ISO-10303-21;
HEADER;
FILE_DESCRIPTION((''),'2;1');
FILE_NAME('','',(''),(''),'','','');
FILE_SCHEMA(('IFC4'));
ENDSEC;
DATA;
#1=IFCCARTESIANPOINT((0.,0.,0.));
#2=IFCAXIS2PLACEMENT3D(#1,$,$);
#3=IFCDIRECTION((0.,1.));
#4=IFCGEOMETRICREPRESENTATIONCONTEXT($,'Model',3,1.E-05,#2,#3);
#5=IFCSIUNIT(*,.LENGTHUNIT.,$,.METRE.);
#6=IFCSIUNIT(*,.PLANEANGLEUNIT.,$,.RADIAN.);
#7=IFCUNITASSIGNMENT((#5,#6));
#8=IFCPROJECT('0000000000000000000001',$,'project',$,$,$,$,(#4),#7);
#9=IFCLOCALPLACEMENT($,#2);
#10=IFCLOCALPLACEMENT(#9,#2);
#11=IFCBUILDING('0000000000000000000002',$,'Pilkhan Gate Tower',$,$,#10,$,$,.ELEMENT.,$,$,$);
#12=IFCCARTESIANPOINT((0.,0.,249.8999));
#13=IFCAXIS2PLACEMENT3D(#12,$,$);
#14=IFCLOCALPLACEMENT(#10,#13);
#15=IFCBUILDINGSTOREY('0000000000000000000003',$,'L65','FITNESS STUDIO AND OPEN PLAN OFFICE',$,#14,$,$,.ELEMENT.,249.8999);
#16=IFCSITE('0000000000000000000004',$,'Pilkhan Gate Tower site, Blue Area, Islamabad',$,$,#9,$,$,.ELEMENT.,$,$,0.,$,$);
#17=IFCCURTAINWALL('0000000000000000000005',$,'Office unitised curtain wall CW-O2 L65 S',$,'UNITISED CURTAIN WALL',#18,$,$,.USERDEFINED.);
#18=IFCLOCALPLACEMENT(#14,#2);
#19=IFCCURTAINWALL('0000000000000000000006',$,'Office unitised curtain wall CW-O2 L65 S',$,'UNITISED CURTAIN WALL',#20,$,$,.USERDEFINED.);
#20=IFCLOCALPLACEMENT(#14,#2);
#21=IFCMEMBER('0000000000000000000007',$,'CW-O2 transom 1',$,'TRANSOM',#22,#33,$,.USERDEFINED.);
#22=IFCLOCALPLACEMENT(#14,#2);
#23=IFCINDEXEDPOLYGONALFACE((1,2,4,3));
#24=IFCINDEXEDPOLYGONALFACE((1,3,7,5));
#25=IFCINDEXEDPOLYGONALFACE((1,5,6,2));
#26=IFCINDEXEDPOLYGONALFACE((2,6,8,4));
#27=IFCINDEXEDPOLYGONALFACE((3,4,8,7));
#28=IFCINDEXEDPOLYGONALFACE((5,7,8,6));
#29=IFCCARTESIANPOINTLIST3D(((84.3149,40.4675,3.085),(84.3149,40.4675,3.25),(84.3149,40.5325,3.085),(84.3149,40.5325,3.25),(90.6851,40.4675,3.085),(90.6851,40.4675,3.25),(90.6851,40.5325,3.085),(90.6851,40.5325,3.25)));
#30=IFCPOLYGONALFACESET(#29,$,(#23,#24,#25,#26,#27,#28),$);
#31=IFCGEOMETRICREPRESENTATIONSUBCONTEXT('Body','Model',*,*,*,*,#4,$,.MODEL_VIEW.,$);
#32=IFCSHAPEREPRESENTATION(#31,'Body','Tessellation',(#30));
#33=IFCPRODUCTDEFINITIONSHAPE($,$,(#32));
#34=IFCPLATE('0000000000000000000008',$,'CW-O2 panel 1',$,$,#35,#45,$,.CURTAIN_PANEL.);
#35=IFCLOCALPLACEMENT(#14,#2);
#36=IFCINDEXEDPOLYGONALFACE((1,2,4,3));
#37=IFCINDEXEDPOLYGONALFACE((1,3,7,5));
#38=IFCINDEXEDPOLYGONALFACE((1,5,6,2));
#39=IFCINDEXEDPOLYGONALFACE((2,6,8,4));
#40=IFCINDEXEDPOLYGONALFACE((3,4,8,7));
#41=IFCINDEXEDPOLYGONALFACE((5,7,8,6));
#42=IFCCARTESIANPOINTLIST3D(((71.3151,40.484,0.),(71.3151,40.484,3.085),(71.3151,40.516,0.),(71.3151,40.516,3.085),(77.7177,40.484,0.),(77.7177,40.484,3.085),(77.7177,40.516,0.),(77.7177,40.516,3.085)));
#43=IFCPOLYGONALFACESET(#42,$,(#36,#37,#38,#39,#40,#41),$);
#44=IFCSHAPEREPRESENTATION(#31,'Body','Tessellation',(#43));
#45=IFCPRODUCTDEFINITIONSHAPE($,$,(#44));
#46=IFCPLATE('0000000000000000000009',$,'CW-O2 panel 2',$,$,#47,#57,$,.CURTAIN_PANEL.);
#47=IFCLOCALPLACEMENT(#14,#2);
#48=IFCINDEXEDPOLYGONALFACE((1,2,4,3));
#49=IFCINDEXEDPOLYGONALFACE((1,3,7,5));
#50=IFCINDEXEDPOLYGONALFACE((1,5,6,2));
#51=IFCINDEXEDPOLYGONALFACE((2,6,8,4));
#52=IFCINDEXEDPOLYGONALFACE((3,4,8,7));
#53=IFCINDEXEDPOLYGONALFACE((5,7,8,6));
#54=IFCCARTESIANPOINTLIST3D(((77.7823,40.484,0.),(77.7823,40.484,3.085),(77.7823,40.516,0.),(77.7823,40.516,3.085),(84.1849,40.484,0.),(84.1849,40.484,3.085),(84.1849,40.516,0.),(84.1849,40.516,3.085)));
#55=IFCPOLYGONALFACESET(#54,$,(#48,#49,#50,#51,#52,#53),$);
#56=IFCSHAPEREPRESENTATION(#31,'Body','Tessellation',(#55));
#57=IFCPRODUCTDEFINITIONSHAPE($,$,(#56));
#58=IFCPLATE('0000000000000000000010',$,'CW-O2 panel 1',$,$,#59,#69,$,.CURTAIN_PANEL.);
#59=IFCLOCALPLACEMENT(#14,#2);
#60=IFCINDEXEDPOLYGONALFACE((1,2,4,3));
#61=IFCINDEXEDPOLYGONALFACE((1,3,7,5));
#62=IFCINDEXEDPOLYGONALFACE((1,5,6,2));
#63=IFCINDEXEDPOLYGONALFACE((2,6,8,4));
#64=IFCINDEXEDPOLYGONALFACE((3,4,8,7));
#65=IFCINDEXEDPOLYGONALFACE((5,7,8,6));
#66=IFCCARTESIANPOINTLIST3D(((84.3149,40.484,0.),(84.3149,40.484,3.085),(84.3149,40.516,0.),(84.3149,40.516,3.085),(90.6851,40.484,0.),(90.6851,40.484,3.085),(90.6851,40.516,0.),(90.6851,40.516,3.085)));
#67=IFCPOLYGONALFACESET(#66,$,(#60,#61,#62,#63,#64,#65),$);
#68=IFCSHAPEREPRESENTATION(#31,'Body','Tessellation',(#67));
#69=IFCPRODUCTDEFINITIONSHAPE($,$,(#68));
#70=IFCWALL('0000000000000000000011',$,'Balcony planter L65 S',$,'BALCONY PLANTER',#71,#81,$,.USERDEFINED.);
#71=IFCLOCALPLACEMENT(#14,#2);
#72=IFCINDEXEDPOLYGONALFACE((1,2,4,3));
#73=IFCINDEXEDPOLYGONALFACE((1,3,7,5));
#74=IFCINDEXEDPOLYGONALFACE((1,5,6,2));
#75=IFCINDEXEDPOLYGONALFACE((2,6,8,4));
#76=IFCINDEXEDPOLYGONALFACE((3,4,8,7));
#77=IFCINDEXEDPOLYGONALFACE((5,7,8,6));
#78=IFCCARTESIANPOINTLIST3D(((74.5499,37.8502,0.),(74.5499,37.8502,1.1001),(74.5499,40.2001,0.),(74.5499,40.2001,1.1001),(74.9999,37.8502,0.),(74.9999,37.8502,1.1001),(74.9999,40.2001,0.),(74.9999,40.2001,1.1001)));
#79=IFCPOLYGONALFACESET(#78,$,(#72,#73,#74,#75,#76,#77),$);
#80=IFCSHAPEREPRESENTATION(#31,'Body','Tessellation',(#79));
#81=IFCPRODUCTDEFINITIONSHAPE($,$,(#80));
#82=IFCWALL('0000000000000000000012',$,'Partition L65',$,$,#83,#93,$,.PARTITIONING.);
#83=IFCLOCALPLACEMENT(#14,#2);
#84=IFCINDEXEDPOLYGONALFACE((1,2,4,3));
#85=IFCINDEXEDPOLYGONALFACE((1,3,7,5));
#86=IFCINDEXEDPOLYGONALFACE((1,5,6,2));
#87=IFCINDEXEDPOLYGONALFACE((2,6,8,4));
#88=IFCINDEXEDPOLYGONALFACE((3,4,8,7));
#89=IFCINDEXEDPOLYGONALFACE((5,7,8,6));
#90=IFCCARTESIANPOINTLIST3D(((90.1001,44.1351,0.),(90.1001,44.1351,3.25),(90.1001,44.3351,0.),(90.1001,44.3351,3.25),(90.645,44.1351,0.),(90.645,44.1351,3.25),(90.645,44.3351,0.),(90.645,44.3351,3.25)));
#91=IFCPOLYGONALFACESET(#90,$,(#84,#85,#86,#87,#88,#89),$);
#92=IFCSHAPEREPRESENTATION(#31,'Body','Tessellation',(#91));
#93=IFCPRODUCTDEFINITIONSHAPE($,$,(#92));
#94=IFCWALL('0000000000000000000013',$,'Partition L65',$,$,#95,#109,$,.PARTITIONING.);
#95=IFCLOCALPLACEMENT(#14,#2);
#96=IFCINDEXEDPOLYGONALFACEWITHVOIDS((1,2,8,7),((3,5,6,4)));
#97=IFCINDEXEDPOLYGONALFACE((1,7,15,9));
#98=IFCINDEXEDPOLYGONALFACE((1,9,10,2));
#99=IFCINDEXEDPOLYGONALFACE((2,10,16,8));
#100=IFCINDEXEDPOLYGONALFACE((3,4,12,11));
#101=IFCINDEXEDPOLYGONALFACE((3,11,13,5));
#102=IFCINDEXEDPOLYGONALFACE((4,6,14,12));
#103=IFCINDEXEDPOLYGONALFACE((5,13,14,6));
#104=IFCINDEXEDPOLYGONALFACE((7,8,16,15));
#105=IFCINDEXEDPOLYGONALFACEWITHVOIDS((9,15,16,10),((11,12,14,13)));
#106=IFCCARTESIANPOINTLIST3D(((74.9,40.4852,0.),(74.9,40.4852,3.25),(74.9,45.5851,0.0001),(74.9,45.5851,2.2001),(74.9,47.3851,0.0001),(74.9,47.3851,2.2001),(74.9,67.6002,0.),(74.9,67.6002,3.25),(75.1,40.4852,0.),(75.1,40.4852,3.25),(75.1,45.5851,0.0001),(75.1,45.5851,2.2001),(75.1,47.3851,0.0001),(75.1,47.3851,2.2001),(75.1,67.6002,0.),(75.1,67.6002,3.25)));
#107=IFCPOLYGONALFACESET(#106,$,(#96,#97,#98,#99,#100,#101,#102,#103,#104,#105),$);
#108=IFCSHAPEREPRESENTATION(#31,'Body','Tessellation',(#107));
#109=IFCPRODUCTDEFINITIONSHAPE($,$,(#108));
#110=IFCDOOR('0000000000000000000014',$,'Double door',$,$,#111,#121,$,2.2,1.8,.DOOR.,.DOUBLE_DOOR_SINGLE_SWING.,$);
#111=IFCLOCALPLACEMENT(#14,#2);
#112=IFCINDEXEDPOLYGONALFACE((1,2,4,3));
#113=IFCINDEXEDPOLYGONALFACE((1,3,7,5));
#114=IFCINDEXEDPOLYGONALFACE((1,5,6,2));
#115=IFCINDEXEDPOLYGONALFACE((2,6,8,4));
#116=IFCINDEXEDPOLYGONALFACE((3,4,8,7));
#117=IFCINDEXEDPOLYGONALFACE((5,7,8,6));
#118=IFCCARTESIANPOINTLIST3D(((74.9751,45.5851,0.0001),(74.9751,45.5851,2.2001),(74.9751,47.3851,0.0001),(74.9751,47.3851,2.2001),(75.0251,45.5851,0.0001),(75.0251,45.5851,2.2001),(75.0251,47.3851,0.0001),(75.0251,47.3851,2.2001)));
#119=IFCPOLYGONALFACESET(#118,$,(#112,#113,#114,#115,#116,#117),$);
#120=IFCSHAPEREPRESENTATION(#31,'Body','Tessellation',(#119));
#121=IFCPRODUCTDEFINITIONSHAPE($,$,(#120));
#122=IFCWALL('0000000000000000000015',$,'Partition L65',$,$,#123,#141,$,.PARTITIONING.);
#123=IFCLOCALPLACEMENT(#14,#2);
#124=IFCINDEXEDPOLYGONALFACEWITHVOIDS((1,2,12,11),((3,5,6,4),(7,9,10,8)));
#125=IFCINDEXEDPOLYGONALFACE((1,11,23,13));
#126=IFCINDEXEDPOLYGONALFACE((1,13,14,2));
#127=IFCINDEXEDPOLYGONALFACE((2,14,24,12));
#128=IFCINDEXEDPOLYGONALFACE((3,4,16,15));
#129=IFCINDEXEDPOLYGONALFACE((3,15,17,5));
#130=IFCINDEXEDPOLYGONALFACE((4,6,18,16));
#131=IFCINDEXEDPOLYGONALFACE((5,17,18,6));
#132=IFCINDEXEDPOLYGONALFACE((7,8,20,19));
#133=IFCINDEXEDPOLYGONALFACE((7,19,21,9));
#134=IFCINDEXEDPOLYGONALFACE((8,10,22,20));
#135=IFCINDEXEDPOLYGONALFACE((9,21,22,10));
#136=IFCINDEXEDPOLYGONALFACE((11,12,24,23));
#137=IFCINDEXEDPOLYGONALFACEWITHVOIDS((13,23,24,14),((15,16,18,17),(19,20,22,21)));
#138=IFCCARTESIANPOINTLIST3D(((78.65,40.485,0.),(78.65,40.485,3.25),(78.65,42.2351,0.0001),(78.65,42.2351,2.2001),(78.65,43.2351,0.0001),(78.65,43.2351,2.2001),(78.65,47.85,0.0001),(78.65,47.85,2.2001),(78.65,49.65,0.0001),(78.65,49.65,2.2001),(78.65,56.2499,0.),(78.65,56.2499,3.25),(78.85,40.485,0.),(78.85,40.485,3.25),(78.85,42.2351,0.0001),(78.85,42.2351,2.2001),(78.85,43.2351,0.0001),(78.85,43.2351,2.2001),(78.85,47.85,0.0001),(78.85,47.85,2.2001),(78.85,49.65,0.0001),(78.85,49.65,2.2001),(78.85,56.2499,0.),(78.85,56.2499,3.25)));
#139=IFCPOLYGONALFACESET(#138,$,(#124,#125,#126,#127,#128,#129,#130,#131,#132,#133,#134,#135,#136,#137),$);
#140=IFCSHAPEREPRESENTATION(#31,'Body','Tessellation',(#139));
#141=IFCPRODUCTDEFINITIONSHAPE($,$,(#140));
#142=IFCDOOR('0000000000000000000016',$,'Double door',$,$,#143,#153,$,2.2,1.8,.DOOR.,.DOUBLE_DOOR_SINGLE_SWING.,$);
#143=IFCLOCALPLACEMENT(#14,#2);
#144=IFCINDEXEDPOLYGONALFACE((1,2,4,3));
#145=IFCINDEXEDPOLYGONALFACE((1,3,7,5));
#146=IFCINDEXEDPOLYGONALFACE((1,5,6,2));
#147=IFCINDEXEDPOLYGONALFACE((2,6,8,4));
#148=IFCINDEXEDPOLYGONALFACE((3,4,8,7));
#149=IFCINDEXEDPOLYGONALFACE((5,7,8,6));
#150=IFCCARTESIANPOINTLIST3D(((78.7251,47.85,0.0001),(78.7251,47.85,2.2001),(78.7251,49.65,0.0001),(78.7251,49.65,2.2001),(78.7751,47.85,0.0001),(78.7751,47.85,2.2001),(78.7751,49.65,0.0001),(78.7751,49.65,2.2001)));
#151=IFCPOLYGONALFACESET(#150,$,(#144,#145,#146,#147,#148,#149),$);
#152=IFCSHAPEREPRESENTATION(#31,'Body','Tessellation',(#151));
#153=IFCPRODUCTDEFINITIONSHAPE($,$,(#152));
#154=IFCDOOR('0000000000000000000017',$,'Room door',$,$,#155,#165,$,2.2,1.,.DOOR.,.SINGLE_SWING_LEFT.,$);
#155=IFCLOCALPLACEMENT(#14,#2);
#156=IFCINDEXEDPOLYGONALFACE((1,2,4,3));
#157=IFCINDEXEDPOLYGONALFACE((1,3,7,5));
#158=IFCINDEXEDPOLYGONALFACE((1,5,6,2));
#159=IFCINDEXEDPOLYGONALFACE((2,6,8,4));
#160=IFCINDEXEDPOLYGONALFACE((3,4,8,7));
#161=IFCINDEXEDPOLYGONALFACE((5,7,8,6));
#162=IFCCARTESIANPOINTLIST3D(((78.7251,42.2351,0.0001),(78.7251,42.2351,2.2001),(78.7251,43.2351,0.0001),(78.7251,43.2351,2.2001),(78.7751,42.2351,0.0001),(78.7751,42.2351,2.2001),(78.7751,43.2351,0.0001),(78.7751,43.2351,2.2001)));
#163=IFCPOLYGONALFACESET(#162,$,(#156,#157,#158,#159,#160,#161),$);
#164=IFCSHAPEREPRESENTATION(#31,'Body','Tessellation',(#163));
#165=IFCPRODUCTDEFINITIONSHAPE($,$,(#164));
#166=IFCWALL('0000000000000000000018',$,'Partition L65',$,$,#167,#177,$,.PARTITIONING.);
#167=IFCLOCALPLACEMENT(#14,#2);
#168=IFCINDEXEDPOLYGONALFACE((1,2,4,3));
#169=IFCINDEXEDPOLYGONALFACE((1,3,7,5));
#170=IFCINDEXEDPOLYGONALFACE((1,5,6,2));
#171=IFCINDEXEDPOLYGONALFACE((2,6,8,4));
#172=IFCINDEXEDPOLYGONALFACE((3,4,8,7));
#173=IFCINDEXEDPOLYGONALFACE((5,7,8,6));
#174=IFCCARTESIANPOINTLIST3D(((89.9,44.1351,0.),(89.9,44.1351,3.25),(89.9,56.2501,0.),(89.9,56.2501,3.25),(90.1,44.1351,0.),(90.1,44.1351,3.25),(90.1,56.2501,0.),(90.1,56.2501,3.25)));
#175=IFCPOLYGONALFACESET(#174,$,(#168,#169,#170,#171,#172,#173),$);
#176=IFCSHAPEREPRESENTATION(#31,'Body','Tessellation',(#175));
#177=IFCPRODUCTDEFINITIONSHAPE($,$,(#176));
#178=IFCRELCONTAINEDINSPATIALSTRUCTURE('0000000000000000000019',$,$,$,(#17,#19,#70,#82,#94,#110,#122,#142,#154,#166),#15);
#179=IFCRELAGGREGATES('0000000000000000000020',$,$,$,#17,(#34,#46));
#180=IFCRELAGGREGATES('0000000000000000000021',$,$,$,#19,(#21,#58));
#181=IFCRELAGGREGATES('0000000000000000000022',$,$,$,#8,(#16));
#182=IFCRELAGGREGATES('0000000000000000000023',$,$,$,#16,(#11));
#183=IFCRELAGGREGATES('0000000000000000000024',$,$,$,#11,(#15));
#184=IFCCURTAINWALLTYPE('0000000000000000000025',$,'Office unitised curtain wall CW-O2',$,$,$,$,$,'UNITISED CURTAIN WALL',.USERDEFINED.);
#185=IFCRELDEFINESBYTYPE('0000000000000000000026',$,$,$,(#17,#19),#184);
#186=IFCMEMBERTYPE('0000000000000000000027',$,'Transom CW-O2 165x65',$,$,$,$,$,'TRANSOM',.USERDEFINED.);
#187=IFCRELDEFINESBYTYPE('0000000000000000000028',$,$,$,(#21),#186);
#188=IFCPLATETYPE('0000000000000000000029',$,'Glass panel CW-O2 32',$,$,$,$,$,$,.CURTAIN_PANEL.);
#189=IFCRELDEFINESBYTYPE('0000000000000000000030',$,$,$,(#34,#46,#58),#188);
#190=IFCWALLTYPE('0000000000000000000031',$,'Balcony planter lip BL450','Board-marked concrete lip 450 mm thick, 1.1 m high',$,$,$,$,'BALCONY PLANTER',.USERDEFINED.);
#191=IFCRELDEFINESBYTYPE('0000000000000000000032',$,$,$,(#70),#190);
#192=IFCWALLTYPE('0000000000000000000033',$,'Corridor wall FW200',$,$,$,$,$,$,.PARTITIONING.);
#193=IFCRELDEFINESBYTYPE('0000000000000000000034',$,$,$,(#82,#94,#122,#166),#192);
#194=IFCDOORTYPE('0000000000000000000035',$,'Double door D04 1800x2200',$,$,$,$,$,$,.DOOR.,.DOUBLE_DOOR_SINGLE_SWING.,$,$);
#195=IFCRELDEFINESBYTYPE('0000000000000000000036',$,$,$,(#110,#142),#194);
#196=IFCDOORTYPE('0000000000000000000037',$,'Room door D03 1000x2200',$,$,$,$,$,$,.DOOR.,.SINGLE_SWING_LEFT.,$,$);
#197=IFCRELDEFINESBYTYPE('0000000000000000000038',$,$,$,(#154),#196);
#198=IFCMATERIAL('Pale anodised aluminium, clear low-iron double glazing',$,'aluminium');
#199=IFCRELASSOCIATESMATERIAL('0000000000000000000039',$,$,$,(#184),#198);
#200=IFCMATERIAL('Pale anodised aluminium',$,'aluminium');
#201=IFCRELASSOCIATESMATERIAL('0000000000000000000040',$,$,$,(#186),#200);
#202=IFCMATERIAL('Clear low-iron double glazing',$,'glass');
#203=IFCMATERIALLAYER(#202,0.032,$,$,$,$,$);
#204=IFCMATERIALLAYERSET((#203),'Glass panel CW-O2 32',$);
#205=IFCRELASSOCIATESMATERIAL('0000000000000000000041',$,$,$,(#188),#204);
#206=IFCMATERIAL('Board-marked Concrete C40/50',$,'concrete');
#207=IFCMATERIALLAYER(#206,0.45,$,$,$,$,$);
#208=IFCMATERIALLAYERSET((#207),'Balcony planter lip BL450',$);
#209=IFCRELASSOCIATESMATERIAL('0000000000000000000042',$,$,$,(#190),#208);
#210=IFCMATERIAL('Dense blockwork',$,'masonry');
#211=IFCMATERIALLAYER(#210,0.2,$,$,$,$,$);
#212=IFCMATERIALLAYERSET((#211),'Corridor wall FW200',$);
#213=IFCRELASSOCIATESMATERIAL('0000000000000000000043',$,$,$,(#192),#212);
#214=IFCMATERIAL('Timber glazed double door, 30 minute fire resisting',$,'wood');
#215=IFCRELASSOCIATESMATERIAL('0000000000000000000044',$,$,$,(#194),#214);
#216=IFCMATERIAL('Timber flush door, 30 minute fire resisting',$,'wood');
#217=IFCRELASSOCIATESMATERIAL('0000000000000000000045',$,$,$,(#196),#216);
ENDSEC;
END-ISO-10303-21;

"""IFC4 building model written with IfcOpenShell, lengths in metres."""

from ifc_helpers import new_model, si_unit, direction, frame, frame_2d, origin, origin_2d, place, context, subcontext, project, spatial, rectangle, extrude, material, layer, layer_set, material_profile, profile_set, type_object, element, fill, aggregate, save


model = new_model("IFC4")

# Units and contexts
model_context = context("Model", 3, precision=1e-05, world=origin(), true_north=direction((0.0, 1.0)))
body_context = subcontext(model_context, "Body", "Model", "MODEL_VIEW")
ifc_project = project(units=[si_unit("LENGTHUNIT", "METRE"), si_unit("PLANEANGLEUNIT", "RADIAN")], contexts=[model_context])

# Site, building, storey
site_placement = place(None, origin())
site = spatial("IfcSite", under=ifc_project, at=site_placement, Name="Pilkhan Gate Tower site, Blue Area, Islamabad", CompositionType="ELEMENT", RefElevation=0.0)
building_placement = place(site_placement, origin())
building = spatial("IfcBuilding", under=site, at=building_placement, Name="Pilkhan Gate Tower", CompositionType="ELEMENT")
storey_placement = place(building_placement, frame((0.0, 0.0, 249.8999)))
storey = spatial("IfcBuildingStorey", under=building, at=storey_placement, Name="L65", Description="FITNESS STUDIO AND OPEN PLAN OFFICE", CompositionType="ELEMENT", Elevation=249.8999)

# Curtain walls
ifc_material_1 = material(Name="Pale anodised aluminium, clear low-iron double glazing", Category="aluminium")
curtain_wall_type = type_object("IfcCurtainWallType", Name="Office unitised curtain wall CW-O2", ElementType="UNITISED CURTAIN WALL", PredefinedType="USERDEFINED", material=ifc_material_1)
curtain_wall_1_placement = place(storey_placement, origin())
curtain_wall_1 = element("IfcCurtainWall", 1, at=curtain_wall_1_placement, inside=storey, type_object=curtain_wall_type, Name="Office unitised curtain wall CW-O2 L65 S", ObjectType="UNITISED CURTAIN WALL", PredefinedType="USERDEFINED")
ifc_material_2 = material(Name="Pale anodised aluminium", Category="aluminium")
curtain_wall_2_placement = place(storey_placement, origin())
curtain_wall_2 = element("IfcCurtainWall", 2, at=curtain_wall_2_placement, inside=storey, type_object=curtain_wall_type, Name="Office unitised curtain wall CW-O2 L65 S", ObjectType="UNITISED CURTAIN WALL", PredefinedType="USERDEFINED")

# Member
ifc_material_profile_1 = material_profile(ifc_material_2, rectangle(XDim=0.0649, YDim=0.165, at=origin_2d()), Name="Transom 165x65")
ifc_profile_set_1 = profile_set([ifc_material_profile_1], Name="Pale anodised aluminium")
member_type_1 = type_object("IfcMemberType", Name="Transom CW-O2 165x65", ElementType="TRANSOM", PredefinedType="USERDEFINED", material=ifc_profile_set_1)
member_1_placement = place(storey_placement, frame((84.3149, 40.5, 3.1675), z_axis=(1.0, 0.0, 0.0), x_axis=(0.0, 1.0, 0.0)))
member_1 = element("IfcMember", 3, at=member_1_placement, type_object=member_type_1, Name="CW-O2 transom 1", ObjectType="TRANSOM", PredefinedType="USERDEFINED", context=body_context, shape_type="SweptSolid", body=[
    extrude(rectangle(XDim=0.0649, YDim=0.165, at=origin_2d()), origin(), (0.0, 0.0, 1.0), 6.3701),
])

# Plates
ifc_material_3 = material(Name="Clear low-iron double glazing", Category="glass")
ifc_layer_1 = layer(ifc_material_3, 0.032)
ifc_layer_set_1 = layer_set([ifc_layer_1], Name="Glass panel CW-O2 32")
plate_type = type_object("IfcPlateType", Name="Glass panel CW-O2 32", PredefinedType="CURTAIN_PANEL", material=ifc_layer_set_1)
plate_1_placement = place(storey_placement, frame((74.5164, 40.5, 0.0), z_axis=(0.0, 0.0, 1.0), x_axis=(1.0, 0.0, 0.0)))
plate_1 = element("IfcPlate", 4, at=plate_1_placement, type_object=plate_type, Name="CW-O2 panel 1", PredefinedType="CURTAIN_PANEL", context=body_context, shape_type="SweptSolid", body=[
    extrude(rectangle(XDim=6.4026, YDim=0.032, at=origin_2d()), origin(), (0.0, 0.0, 1.0), 3.085),
])
plate_2_placement = place(storey_placement, frame((80.9836, 40.5, 0.0), z_axis=(0.0, 0.0, 1.0), x_axis=(1.0, 0.0, 0.0)))
plate_2 = element("IfcPlate", 5, at=plate_2_placement, type_object=plate_type, Name="CW-O2 panel 2", PredefinedType="CURTAIN_PANEL", context=body_context, shape_type="SweptSolid", body=[
    extrude(rectangle(XDim=6.4026, YDim=0.032, at=origin_2d()), origin(), (0.0, 0.0, 1.0), 3.085),
])
aggregate(curtain_wall_1, [plate_1, plate_2])
plate_3_placement = place(storey_placement, frame((87.5, 40.5, 0.0), z_axis=(0.0, 0.0, 1.0), x_axis=(1.0, 0.0, 0.0)))
plate_3 = element("IfcPlate", 6, at=plate_3_placement, type_object=plate_type, Name="CW-O2 panel 1", PredefinedType="CURTAIN_PANEL", context=body_context, shape_type="SweptSolid", body=[
    extrude(rectangle(XDim=6.3701, YDim=0.032, at=origin_2d()), origin(), (0.0, 0.0, 1.0), 3.085),
])
aggregate(curtain_wall_2, [member_1, plate_3])

# Walls
ifc_material_4 = material(Name="Board-marked Concrete C40/50", Category="concrete")
ifc_layer_2 = layer(ifc_material_4, 0.45)
ifc_layer_set_2 = layer_set([ifc_layer_2], Name="Balcony planter lip BL450")
wall_type_1 = type_object("IfcWallType", Name="Balcony planter lip BL450", Description="Board-marked concrete lip 450 mm thick, 1.1 m high", ElementType="BALCONY PLANTER", PredefinedType="USERDEFINED", material=ifc_layer_set_2)
wall_1_placement = place(storey_placement, frame((74.7749, 40.2, 0.0), z_axis=(0.0, 0.0, 1.0), x_axis=(0.0, -1.0, 0.0)))
element("IfcWall", 7, at=wall_1_placement, inside=storey, type_object=wall_type_1, Name="Balcony planter L65 S", ObjectType="BALCONY PLANTER", PredefinedType="USERDEFINED", context=body_context, shape_type="SweptSolid", body=[
    extrude(rectangle(XDim=2.3499, YDim=0.45, at=frame_2d((1.1748, 0.0))), origin(), (0.0, 0.0, 1.0), 1.1001),
])
ifc_material_5 = material(Name="Dense blockwork", Category="masonry")
ifc_layer_3 = layer(ifc_material_5, 0.2)
ifc_layer_set_3 = layer_set([ifc_layer_3], Name="Corridor wall FW200")
wall_type_2 = type_object("IfcWallType", Name="Corridor wall FW200", PredefinedType="PARTITIONING", material=ifc_layer_set_3)
wall_2_placement = place(storey_placement, frame((90.1001, 44.2351, 0.0), z_axis=(0.0, 0.0, 1.0), x_axis=(1.0, 0.0, 0.0)))
element("IfcWall", 8, at=wall_2_placement, inside=storey, type_object=wall_type_2, Name="Partition L65", PredefinedType="PARTITIONING", context=body_context, shape_type="SweptSolid", body=[
    extrude(rectangle(XDim=0.5449, YDim=0.2, at=frame_2d((0.2725, 0.0))), origin(), (0.0, 0.0, 1.0), 3.25),
])

# Wall, opening, door
wall_3_placement = place(storey_placement, frame((75.0, 40.4851, 0.0), z_axis=(0.0, 0.0, 1.0), x_axis=(0.0, 1.0, 0.0)))
wall_3 = element("IfcWall", 9, at=wall_3_placement, inside=storey, type_object=wall_type_2, Name="Partition L65", PredefinedType="PARTITIONING", context=body_context, shape_type="SweptSolid", body=[
    extrude(rectangle(XDim=27.115, YDim=0.2, at=frame_2d((13.5576, 0.0))), origin(), (0.0, 0.0, 1.0), 3.25),
])
opening_1_placement = place(wall_3_placement, frame((5.1001, 0.0, 0.0)))
opening_1 = element("IfcOpeningElement", 10, at=opening_1_placement, cuts=wall_3, PredefinedType="OPENING", context=body_context, shape_type="SweptSolid", body=[
    extrude(rectangle(XDim=1.8, YDim=2.2, at=frame_2d((0.8999, 1.1001))), frame((0.0, 0.1099, 0.0), z_axis=(0.0, -1.0, 0.0), x_axis=(1.0, 0.0, 0.0)), (0.0, 0.0, 1.0), 0.22),
])
ifc_material_6 = material(Name="Timber glazed double door, 30 minute fire resisting", Category="wood")
door_type_1 = type_object("IfcDoorType", Name="Double door D04 1800x2200", OperationType="DOUBLE_DOOR_SINGLE_SWING", PredefinedType="DOOR", material=ifc_material_6)
door_1_placement = place(opening_1_placement, origin())
door_1 = element("IfcDoor", 11, at=door_1_placement, inside=storey, type_object=door_type_1, Name="Double door", OperationType="DOUBLE_DOOR_SINGLE_SWING", OverallHeight=2.2, OverallWidth=1.8, PredefinedType="DOOR", context=body_context, shape_type="SweptSolid", body=[
    extrude(rectangle(XDim=1.8, YDim=2.2, at=frame_2d((0.8999, 1.1001))), frame((0.0, 0.0249, 0.0), z_axis=(0.0, -1.0, 0.0), x_axis=(1.0, 0.0, 0.0)), (0.0, 0.0, 1.0), 0.05),
])
fill(opening_1, door_1)

# Wall, openings, doors
wall_4_placement = place(storey_placement, frame((78.75, 40.4851, 0.0), z_axis=(0.0, 0.0, 1.0), x_axis=(0.0, 1.0, 0.0)))
wall_4 = element("IfcWall", 12, at=wall_4_placement, inside=storey, type_object=wall_type_2, Name="Partition L65", PredefinedType="PARTITIONING", context=body_context, shape_type="SweptSolid", body=[
    extrude(rectangle(XDim=15.7649, YDim=0.2, at=frame_2d((7.8823, 0.0))), origin(), (0.0, 0.0, 1.0), 3.25),
])
opening_2_placement = place(wall_4_placement, frame((1.75, 0.0, 0.0)))
opening_2 = element("IfcOpeningElement", 13, at=opening_2_placement, cuts=wall_4, PredefinedType="OPENING", context=body_context, shape_type="SweptSolid", body=[
    extrude(rectangle(XDim=1.0, YDim=2.2, at=frame_2d((0.5, 1.1001))), frame((0.0, 0.1099, 0.0), z_axis=(0.0, -1.0, 0.0), x_axis=(1.0, 0.0, 0.0)), (0.0, 0.0, 1.0), 0.22),
])
opening_3_placement = place(wall_4_placement, frame((7.365, 0.0, 0.0)))
opening_3 = element("IfcOpeningElement", 14, at=opening_3_placement, cuts=wall_4, PredefinedType="OPENING", context=body_context, shape_type="SweptSolid", body=[
    extrude(rectangle(XDim=1.8, YDim=2.2, at=frame_2d((0.8999, 1.1001))), frame((0.0, 0.1099, 0.0), z_axis=(0.0, -1.0, 0.0), x_axis=(1.0, 0.0, 0.0)), (0.0, 0.0, 1.0), 0.22),
])
door_2_placement = place(opening_3_placement, origin())
door_2 = element("IfcDoor", 15, at=door_2_placement, inside=storey, type_object=door_type_1, Name="Double door", OperationType="DOUBLE_DOOR_SINGLE_SWING", OverallHeight=2.2, OverallWidth=1.8, PredefinedType="DOOR", context=body_context, shape_type="SweptSolid", body=[
    extrude(rectangle(XDim=1.8, YDim=2.2, at=frame_2d((0.8999, 1.1001))), frame((0.0, 0.0249, 0.0), z_axis=(0.0, -1.0, 0.0), x_axis=(1.0, 0.0, 0.0)), (0.0, 0.0, 1.0), 0.05),
])
fill(opening_3, door_2)
ifc_material_7 = material(Name="Timber flush door, 30 minute fire resisting", Category="wood")
door_type_2 = type_object("IfcDoorType", Name="Room door D03 1000x2200", OperationType="SINGLE_SWING_LEFT", PredefinedType="DOOR", material=ifc_material_7)
door_3_placement = place(opening_2_placement, origin())
door_3 = element("IfcDoor", 16, at=door_3_placement, inside=storey, type_object=door_type_2, Name="Room door", OperationType="SINGLE_SWING_LEFT", OverallHeight=2.2, OverallWidth=1.0, PredefinedType="DOOR", context=body_context, shape_type="SweptSolid", body=[
    extrude(rectangle(XDim=1.0, YDim=2.2, at=frame_2d((0.5, 1.1001))), frame((0.0, 0.0249, 0.0), z_axis=(0.0, -1.0, 0.0), x_axis=(1.0, 0.0, 0.0)), (0.0, 0.0, 1.0), 0.05),
])
fill(opening_2, door_3)

# Wall
wall_5_placement = place(storey_placement, frame((90.0, 44.135, 0.0), z_axis=(0.0, 0.0, 1.0), x_axis=(0.0, 1.0, 0.0)))
element("IfcWall", 17, at=wall_5_placement, inside=storey, type_object=wall_type_2, Name="Partition L65", PredefinedType="PARTITIONING", context=body_context, shape_type="SweptSolid", body=[
    extrude(rectangle(XDim=12.115, YDim=0.2, at=frame_2d((6.0576, 0.0))), origin(), (0.0, 0.0, 1.0), 3.25),
])

save(model, "model.ifc")
